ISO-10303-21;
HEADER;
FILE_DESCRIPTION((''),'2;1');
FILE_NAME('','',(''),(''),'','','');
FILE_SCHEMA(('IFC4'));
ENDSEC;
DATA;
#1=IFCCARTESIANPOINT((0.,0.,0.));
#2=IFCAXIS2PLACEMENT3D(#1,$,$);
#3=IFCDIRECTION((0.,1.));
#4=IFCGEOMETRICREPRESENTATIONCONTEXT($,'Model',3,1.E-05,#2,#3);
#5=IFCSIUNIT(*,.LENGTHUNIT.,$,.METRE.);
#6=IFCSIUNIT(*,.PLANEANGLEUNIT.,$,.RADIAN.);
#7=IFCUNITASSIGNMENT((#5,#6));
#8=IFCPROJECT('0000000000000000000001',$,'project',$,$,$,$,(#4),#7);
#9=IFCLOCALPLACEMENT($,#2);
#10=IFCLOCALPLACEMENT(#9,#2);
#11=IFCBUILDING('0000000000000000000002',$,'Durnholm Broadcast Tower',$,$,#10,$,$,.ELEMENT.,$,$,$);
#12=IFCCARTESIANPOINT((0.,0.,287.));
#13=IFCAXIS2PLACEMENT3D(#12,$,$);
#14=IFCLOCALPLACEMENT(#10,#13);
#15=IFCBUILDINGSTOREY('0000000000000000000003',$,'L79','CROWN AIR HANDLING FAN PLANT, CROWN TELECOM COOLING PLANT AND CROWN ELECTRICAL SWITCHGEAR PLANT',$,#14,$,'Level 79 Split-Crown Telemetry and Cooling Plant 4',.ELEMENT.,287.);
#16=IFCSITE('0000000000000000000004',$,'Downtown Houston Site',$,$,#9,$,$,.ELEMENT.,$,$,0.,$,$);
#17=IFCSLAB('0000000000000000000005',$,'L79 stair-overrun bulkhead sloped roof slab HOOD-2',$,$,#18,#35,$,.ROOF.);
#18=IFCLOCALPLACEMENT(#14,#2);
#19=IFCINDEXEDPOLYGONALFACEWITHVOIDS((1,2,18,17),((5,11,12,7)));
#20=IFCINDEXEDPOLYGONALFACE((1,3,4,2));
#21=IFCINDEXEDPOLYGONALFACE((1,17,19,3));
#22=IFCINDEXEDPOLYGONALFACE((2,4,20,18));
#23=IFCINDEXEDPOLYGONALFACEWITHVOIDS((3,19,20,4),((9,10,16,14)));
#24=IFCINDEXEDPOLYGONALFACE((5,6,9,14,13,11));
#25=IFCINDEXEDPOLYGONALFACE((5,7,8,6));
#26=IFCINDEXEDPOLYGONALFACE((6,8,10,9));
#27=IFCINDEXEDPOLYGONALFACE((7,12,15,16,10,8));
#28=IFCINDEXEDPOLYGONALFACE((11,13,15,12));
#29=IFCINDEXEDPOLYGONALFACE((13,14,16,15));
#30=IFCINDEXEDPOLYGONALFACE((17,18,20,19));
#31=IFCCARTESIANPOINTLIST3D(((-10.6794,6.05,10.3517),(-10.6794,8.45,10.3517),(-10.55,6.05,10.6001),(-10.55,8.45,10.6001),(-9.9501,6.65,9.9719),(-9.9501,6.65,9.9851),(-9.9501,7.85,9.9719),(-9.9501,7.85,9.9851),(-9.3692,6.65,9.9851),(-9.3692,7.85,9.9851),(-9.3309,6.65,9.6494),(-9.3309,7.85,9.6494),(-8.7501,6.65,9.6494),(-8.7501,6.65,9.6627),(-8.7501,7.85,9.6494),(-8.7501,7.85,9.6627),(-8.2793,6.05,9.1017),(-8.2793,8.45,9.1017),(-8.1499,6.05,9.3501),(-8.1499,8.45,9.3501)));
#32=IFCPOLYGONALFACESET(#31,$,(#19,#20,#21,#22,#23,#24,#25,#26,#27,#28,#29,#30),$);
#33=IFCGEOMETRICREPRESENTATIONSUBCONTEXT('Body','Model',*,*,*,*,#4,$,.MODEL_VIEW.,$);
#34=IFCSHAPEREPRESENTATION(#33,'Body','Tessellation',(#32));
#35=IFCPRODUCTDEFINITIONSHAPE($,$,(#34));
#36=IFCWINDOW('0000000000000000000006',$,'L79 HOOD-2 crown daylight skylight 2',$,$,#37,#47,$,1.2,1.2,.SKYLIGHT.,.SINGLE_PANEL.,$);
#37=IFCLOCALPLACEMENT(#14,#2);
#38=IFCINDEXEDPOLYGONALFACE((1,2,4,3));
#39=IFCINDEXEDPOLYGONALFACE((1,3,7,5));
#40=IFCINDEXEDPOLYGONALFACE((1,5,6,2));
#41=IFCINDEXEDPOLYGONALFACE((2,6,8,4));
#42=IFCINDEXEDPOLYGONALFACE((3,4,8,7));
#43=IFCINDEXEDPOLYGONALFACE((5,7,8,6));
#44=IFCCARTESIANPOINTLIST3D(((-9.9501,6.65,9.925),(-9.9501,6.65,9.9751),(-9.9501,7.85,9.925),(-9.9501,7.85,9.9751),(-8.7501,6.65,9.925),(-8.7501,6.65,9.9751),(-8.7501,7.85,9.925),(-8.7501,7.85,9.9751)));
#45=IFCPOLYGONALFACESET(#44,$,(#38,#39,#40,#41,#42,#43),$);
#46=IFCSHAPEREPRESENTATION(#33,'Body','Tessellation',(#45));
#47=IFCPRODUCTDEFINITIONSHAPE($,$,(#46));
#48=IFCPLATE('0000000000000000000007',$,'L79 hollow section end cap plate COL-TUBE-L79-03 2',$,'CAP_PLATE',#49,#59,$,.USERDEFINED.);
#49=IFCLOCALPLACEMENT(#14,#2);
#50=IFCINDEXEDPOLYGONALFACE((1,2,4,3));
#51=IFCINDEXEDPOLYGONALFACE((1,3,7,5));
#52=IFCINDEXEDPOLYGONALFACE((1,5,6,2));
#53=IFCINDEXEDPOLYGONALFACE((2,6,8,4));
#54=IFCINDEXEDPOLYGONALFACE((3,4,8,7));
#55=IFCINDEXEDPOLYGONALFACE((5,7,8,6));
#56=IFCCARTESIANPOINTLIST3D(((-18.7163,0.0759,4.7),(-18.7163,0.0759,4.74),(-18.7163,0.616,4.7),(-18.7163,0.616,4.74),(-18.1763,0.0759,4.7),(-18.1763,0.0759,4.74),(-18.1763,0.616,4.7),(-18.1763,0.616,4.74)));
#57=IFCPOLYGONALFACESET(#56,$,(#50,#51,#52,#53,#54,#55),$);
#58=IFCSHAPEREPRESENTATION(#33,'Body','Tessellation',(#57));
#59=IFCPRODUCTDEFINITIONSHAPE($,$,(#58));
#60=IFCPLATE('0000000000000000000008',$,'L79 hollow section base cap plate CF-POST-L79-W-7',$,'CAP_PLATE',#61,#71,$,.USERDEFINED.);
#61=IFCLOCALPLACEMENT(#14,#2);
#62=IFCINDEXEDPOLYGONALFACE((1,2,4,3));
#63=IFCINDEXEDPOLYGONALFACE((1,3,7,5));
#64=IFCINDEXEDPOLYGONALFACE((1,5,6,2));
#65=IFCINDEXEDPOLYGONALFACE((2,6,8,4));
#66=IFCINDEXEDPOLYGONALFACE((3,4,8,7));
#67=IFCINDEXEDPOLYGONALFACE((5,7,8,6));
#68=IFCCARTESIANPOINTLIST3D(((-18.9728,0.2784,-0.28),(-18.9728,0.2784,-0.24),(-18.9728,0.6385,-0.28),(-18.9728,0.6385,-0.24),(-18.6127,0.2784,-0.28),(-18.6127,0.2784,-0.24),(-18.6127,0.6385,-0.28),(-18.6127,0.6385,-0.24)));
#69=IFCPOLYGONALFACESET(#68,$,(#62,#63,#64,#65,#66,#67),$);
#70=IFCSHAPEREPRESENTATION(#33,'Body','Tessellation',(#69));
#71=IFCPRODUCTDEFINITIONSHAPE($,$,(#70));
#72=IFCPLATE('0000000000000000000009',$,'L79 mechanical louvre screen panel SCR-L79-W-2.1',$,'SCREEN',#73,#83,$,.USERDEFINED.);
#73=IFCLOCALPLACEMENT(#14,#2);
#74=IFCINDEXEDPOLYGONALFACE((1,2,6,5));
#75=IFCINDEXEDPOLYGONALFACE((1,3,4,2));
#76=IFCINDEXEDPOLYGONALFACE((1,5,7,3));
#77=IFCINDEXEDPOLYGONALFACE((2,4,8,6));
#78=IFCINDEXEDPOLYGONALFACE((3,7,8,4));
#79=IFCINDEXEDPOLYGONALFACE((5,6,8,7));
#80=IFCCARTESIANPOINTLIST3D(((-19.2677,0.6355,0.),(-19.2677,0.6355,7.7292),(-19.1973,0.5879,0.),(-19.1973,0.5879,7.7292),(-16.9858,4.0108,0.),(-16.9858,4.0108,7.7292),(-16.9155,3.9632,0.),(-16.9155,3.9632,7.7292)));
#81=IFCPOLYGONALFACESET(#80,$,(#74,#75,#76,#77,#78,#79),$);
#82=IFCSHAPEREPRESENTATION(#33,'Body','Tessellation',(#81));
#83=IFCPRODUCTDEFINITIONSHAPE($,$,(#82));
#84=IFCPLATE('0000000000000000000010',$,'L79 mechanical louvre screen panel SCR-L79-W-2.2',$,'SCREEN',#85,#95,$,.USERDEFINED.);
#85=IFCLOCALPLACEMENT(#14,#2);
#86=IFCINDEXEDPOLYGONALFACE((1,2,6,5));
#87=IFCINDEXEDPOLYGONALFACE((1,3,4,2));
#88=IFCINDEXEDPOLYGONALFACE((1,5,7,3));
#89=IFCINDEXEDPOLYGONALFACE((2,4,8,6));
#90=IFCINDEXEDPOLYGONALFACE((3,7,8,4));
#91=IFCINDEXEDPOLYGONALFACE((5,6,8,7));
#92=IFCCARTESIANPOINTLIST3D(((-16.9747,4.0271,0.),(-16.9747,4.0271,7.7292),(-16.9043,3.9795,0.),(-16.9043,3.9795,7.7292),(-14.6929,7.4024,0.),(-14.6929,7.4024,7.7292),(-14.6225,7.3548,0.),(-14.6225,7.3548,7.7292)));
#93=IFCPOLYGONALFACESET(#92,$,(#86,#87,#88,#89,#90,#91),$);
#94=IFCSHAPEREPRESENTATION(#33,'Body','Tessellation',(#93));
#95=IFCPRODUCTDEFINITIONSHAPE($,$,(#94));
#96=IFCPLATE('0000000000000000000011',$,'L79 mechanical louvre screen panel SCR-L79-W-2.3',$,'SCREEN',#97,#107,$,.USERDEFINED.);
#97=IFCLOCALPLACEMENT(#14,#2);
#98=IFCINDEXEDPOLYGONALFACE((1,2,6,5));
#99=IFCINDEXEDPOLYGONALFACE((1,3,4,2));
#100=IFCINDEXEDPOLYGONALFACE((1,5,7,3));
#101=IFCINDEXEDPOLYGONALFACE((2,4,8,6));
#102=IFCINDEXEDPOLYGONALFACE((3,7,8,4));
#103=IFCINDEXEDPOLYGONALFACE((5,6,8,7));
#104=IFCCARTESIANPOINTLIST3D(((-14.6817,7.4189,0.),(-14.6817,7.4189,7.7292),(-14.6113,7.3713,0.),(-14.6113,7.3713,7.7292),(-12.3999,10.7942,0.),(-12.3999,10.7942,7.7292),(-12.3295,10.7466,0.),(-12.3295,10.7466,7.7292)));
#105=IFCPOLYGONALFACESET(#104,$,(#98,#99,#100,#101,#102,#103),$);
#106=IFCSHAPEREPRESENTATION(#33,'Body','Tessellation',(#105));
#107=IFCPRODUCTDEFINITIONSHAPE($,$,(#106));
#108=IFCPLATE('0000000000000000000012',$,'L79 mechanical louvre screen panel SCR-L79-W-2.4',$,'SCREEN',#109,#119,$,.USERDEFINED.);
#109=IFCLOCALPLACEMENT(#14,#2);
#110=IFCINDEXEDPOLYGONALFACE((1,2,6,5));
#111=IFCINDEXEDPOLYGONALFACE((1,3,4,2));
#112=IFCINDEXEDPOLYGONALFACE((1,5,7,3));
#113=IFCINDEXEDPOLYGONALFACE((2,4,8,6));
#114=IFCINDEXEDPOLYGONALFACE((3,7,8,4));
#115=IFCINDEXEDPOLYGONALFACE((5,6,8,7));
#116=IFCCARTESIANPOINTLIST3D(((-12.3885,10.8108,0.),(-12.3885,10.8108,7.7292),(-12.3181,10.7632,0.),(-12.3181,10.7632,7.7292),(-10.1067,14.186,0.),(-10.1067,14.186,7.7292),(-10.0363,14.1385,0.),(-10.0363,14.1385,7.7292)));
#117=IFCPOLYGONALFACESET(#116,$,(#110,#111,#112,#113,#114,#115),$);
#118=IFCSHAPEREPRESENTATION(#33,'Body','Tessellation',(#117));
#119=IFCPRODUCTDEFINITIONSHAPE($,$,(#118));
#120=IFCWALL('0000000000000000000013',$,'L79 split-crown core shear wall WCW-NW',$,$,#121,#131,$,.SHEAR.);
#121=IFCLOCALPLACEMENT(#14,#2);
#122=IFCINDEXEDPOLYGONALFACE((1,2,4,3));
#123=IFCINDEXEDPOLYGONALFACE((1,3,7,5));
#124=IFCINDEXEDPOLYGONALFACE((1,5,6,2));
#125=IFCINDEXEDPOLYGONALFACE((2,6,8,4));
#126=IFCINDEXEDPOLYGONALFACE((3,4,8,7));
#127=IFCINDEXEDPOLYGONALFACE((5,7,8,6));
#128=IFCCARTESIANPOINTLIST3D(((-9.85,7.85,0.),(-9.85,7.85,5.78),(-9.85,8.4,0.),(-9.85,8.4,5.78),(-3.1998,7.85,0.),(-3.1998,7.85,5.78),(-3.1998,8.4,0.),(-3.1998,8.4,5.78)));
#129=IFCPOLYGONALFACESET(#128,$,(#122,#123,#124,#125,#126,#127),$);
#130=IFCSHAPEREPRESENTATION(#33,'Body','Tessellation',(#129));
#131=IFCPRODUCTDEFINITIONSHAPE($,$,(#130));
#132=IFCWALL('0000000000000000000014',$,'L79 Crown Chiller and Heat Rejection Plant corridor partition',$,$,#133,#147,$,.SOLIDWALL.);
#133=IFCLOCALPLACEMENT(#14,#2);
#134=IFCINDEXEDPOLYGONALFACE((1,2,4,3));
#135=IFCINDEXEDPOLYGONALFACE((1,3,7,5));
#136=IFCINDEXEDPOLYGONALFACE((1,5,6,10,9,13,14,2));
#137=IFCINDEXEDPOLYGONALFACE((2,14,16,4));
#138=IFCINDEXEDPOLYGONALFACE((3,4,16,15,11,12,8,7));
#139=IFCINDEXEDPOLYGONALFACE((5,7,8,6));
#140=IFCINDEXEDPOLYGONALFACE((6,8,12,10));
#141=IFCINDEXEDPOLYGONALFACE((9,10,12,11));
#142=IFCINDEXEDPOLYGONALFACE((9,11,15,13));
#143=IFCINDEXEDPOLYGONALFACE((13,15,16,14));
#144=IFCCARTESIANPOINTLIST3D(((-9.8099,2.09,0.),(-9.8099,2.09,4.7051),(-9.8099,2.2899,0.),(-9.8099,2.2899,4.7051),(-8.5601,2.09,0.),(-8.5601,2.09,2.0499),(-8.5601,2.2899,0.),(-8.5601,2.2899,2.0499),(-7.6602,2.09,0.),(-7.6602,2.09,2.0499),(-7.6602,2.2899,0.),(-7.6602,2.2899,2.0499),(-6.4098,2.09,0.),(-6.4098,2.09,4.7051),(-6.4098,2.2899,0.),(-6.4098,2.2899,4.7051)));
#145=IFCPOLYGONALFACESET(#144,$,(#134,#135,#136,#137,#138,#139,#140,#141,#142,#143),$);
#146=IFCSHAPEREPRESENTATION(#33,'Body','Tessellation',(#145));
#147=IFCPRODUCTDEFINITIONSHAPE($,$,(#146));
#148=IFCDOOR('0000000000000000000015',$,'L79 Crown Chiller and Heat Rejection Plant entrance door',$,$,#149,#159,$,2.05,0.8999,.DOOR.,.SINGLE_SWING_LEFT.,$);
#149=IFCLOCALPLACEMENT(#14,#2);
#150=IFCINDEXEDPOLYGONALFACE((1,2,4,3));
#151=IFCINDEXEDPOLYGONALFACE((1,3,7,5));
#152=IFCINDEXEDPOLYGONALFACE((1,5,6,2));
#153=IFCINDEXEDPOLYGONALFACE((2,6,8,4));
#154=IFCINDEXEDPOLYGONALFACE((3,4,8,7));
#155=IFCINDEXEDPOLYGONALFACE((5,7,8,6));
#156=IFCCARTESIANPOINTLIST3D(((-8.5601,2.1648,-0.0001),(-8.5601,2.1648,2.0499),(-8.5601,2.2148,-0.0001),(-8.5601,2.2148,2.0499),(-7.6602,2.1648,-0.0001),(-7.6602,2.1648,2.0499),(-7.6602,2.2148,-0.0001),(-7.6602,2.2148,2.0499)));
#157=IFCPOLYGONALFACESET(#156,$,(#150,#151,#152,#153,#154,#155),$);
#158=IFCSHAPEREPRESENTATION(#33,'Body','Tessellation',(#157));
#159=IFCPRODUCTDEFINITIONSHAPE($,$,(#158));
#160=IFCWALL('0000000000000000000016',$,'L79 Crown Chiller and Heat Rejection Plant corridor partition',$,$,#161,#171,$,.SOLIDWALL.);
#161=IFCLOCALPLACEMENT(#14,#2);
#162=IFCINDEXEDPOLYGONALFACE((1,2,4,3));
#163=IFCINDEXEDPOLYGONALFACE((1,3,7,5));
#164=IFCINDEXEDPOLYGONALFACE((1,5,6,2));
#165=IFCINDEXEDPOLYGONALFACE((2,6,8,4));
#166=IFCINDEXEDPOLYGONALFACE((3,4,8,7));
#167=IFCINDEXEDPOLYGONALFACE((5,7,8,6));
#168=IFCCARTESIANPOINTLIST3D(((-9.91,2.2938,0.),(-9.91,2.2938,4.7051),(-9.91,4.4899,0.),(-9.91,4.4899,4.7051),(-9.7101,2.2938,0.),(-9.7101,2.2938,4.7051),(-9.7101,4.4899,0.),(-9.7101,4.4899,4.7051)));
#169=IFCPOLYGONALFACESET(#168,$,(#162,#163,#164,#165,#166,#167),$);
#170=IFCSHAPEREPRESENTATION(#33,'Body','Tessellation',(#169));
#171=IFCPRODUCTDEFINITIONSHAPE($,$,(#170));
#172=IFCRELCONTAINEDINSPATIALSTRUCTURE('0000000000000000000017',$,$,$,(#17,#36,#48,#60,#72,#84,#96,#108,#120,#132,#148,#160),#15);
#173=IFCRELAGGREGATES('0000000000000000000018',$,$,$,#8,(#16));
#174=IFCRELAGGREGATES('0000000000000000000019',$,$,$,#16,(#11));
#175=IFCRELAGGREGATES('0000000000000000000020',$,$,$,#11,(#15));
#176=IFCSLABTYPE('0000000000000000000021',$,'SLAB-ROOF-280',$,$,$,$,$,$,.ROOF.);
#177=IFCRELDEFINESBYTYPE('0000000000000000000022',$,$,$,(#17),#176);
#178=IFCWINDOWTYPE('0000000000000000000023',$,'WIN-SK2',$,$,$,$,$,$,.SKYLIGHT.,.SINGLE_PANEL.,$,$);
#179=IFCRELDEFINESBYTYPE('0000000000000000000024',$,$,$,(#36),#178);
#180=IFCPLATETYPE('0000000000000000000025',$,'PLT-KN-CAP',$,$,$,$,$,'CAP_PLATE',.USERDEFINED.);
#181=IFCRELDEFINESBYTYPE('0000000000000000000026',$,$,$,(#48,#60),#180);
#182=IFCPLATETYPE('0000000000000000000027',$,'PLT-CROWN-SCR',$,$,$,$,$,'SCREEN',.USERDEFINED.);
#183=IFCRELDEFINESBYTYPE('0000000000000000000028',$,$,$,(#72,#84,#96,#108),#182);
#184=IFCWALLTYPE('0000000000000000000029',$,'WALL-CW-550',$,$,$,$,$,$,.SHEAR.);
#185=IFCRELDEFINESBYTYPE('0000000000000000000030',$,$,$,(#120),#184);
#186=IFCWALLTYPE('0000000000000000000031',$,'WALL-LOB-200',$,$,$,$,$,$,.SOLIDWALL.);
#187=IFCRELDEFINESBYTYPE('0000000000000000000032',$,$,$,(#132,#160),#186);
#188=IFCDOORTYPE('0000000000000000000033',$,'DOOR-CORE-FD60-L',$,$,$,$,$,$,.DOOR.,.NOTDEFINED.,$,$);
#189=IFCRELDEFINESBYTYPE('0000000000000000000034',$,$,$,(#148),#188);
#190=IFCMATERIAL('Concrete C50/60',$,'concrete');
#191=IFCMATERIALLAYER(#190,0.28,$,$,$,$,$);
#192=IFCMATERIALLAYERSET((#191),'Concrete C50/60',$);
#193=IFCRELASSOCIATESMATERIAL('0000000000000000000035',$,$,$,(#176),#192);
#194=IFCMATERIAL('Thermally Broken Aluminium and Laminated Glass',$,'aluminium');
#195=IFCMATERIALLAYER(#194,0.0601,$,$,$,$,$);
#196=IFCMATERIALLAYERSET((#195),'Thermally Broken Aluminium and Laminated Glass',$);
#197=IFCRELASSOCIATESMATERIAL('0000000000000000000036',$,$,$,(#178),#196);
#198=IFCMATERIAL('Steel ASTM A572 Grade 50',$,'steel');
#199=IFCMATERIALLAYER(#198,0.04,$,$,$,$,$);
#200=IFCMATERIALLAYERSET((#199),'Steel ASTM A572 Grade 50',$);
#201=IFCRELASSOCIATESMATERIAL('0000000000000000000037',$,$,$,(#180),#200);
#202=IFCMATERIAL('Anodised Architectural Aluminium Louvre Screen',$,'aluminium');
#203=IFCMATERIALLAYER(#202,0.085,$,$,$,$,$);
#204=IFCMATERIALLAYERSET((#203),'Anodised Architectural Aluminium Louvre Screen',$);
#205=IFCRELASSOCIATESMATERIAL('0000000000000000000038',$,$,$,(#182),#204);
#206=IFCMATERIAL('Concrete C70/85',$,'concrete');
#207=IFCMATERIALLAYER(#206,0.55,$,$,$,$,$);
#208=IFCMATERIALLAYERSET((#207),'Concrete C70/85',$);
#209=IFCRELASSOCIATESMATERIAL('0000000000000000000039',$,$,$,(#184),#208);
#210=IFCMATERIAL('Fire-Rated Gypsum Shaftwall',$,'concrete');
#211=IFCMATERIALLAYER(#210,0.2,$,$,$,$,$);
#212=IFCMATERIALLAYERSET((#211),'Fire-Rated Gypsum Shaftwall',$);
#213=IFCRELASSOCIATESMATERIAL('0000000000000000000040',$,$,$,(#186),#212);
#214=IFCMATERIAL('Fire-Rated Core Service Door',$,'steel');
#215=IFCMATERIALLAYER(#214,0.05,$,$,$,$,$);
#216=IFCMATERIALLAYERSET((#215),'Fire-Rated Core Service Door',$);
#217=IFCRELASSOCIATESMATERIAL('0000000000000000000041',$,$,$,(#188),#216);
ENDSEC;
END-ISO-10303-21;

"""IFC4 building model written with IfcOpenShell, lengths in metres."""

from ifc_helpers import new_model, si_unit, direction, frame, frame_2d, origin, origin_2d, place, context, subcontext, project, spatial, polyline, rectangle, outline, extrude, source, transform, mapped, material, layer, layer_set, type_object, type_shapes, element, fill, save


model = new_model("IFC4")

# Units and contexts
model_context = context("Model", 3, precision=1e-05, world=origin(), true_north=direction((0.0, 1.0)))
body_context = subcontext(model_context, "Body", "Model", "MODEL_VIEW")
ifc_project = project(units=[si_unit("LENGTHUNIT", "METRE"), si_unit("PLANEANGLEUNIT", "RADIAN")], contexts=[model_context])

# Site, building, storey
site_placement = place(None, origin())
site = spatial("IfcSite", under=ifc_project, at=site_placement, Name="Downtown Houston Site", CompositionType="ELEMENT", RefElevation=0.0)
building_placement = place(site_placement, origin())
building = spatial("IfcBuilding", under=site, at=building_placement, Name="Durnholm Broadcast Tower", CompositionType="ELEMENT")
storey_placement = place(building_placement, frame((0.0, 0.0, 287.0)))
storey = spatial("IfcBuildingStorey", under=building, at=storey_placement, Name="L79", Description="CROWN AIR HANDLING FAN PLANT, CROWN TELECOM COOLING PLANT AND CROWN ELECTRICAL SWITCHGEAR PLANT", LongName="Level 79 Split-Crown Telemetry and Cooling Plant 4", CompositionType="ELEMENT", Elevation=287.0)

# Shared definitions
ifc_material_1 = material(Name="Concrete C70/85", Category="concrete")

# Slab, opening, window
ifc_material_2 = material(Name="Concrete C50/60", Category="concrete")
ifc_layer_1 = layer(ifc_material_2, 0.28)
ifc_layer_set_1 = layer_set([ifc_layer_1], Name="Concrete C50/60")
slab_type = type_object("IfcSlabType", Name="SLAB-ROOF-280", PredefinedType="ROOF", material=ifc_layer_set_1)
slab_placement = place(storey_placement, frame((-10.55, 6.05, 10.6001), z_axis=(0.461912, 0.0, 0.886926), x_axis=(0.886926, 0.0, -0.461912)))
slab = element("IfcSlab", 1, at=slab_placement, inside=storey, type_object=slab_type, Name="L79 stair-overrun bulkhead sloped roof slab HOOD-2", PredefinedType="ROOF", context=body_context, shape_type="SweptSolid", body=[
    extrude(outline(polyline([(0.0, 0.0), (2.7061, 0.0), (2.7061, 2.3999), (0.0, 2.3999), (0.0, 0.0)])), origin(), (0.0, 0.0, -1.0), 0.28),
])
opening_1_placement = place(storey_placement, frame((-9.3501, 7.25, 9.6494)))
opening_1 = element("IfcOpeningElement", 2, at=opening_1_placement, cuts=slab, PredefinedType="OPENING", context=body_context, shape_type="SweptSolid", body=[
    extrude(rectangle(XDim=1.2, YDim=1.2, at=origin_2d()), origin(), (0.0, 0.0, 1.0), 0.3357),
])
ifc_material_3 = material(Name="Thermally Broken Aluminium and Laminated Glass", Category="aluminium")
ifc_layer_2 = layer(ifc_material_3, 0.0601)
ifc_layer_set_2 = layer_set([ifc_layer_2], Name="Thermally Broken Aluminium and Laminated Glass")
window_type = type_object("IfcWindowType", Name="WIN-SK2", PartitioningType="SINGLE_PANEL", PredefinedType="SKYLIGHT", material=ifc_layer_set_2)
window_placement = place(opening_1_placement, frame((0.0, 0.0, 0.2756)))
window = element("IfcWindow", 3, at=window_placement, inside=storey, type_object=window_type, Name="L79 HOOD-2 crown daylight skylight 2", OverallHeight=1.2, OverallWidth=1.2, PartitioningType="SINGLE_PANEL", PredefinedType="SKYLIGHT", context=body_context, shape_type="SweptSolid", body=[
    extrude(rectangle(XDim=1.2, YDim=1.2, at=origin_2d()), origin(), (0.0, 0.0, 1.0), 0.05),
])
fill(opening_1, window)

# Plates
ifc_material_4 = material(Name="Steel ASTM A572 Grade 50", Category="steel")
ifc_layer_3 = layer(ifc_material_4, 0.04)
ifc_layer_set_3 = layer_set([ifc_layer_3], Name="Steel ASTM A572 Grade 50")
plate_type_1 = type_object("IfcPlateType", Name="PLT-KN-CAP", ElementType="CAP_PLATE", PredefinedType="USERDEFINED", material=ifc_layer_set_3)
shared_shape_1 = source(origin(), body_context, "Body", "SweptSolid", [
    extrude(rectangle(XDim=0.54, YDim=0.54, at=origin_2d()), origin(), (0.0, 0.0, 1.0), 0.04),
])
plate_1_placement = place(storey_placement, frame((-18.4463, 0.3459, 4.7), z_axis=(0.0, 0.0, 1.0), x_axis=(1.0, 0.0, 0.0)))
element("IfcPlate", 4, at=plate_1_placement, inside=storey, type_object=plate_type_1, Name="L79 hollow section end cap plate COL-TUBE-L79-03 2", ObjectType="CAP_PLATE", PredefinedType="USERDEFINED", context=body_context, shape_type="MappedRepresentation", body=[
    mapped(shared_shape_1, transform((0.0, 0.0, 0.0), x_axis=(1.0, 0.0, 0.0), y_axis=(0.0, 1.0, 0.0), z_axis=(0.0, 0.0, 1.0), scale=1.0)),
])
shared_shape_2 = source(origin(), body_context, "Body", "SweptSolid", [
    extrude(rectangle(XDim=0.3601, YDim=0.3601, at=origin_2d()), origin(), (0.0, 0.0, 1.0), 0.04),
])
type_shapes(plate_type_1, [shared_shape_1, shared_shape_2])
plate_2_placement = place(storey_placement, frame((-18.7927, 0.4585, -0.28), z_axis=(0.0, 0.0, 1.0), x_axis=(1.0, 0.0, 0.0)))
element("IfcPlate", 5, at=plate_2_placement, inside=storey, type_object=plate_type_1, Name="L79 hollow section base cap plate CF-POST-L79-W-7", ObjectType="CAP_PLATE", PredefinedType="USERDEFINED", context=body_context, shape_type="MappedRepresentation", body=[
    mapped(shared_shape_2, transform((0.0, 0.0, 0.0), x_axis=(1.0, 0.0, 0.0), y_axis=(0.0, 1.0, 0.0), z_axis=(0.0, 0.0, 1.0), scale=1.0)),
])
ifc_material_5 = material(Name="Anodised Architectural Aluminium Louvre Screen", Category="aluminium")
ifc_layer_4 = layer(ifc_material_5, 0.085)
ifc_layer_set_4 = layer_set([ifc_layer_4], Name="Anodised Architectural Aluminium Louvre Screen")
plate_type_2 = type_object("IfcPlateType", Name="PLT-CROWN-SCR", ElementType="SCREEN", PredefinedType="USERDEFINED", material=ifc_layer_set_4)
shared_shape_3 = source(origin(), body_context, "Body", "SweptSolid", [
    extrude(rectangle(XDim=4.0742, YDim=0.085, at=origin_2d()), origin(), (0.0, 0.0, 1.0), 7.7292),
])
type_shapes(plate_type_2, [shared_shape_3])
for number, where, z_axis, x_axis, name in (
    (6, (-18.0916, 2.2993, 0.0), (0.0, 0.0, 1.0), (0.560061, 0.828452, 0.0), "L79 mechanical louvre screen panel SCR-L79-W-2.1"),
    (7, (-15.7986, 5.6909, 0.0), (0.0, 0.0, 1.0), (0.560061, 0.828452, 0.0), "L79 mechanical louvre screen panel SCR-L79-W-2.2"),
    (8, (-13.5056, 9.0828, 0.0), (0.0, 0.0, 1.0), (0.560061, 0.828452, 0.0), "L79 mechanical louvre screen panel SCR-L79-W-2.3"),
    (9, (-11.2124, 12.4746, 0.0), (0.0, 0.0, 1.0), (0.560061, 0.828452, 0.0), "L79 mechanical louvre screen panel SCR-L79-W-2.4"),
):
    element("IfcPlate", number, at=place(storey_placement, frame(where, z_axis=z_axis, x_axis=x_axis)), inside=storey, type_object=plate_type_2, Name=name, ObjectType="SCREEN", PredefinedType="USERDEFINED", context=body_context, shape_type="MappedRepresentation", body=[
        mapped(shared_shape_3, transform((0.0, 0.0, 0.0), x_axis=(1.0, 0.0, 0.0), y_axis=(0.0, 1.0, 0.0), z_axis=(0.0, 0.0, 1.0), scale=1.0)),
    ])

# Wall
ifc_layer_5 = layer(ifc_material_1, 0.55)
ifc_layer_set_5 = layer_set([ifc_layer_5], Name="Concrete C70/85")
wall_type_1 = type_object("IfcWallType", Name="WALL-CW-550", PredefinedType="SHEAR", material=ifc_layer_set_5)
wall_1_placement = place(storey_placement, frame((-9.8501, 8.125, 0.0), z_axis=(0.0, 0.0, 1.0), x_axis=(1.0, 0.0, 0.0)))
element("IfcWall", 10, at=wall_1_placement, inside=storey, type_object=wall_type_1, Name="L79 split-crown core shear wall WCW-NW", PredefinedType="SHEAR", context=body_context, shape_type="SweptSolid", body=[
    extrude(rectangle(XDim=6.6501, YDim=0.55, at=frame_2d((3.3252, 0.0))), origin(), (0.0, 0.0, 1.0), 5.78),
])

# Wall, opening, door
ifc_material_6 = material(Name="Fire-Rated Gypsum Shaftwall", Category="concrete")
ifc_layer_6 = layer(ifc_material_6, 0.2)
ifc_layer_set_6 = layer_set([ifc_layer_6], Name="Fire-Rated Gypsum Shaftwall")
wall_type_2 = type_object("IfcWallType", Name="WALL-LOB-200", PredefinedType="SOLIDWALL", material=ifc_layer_set_6)
wall_2_placement = place(storey_placement, frame((-9.8101, 2.1899, 0.0), z_axis=(0.0, 0.0, 1.0), x_axis=(1.0, 0.0, 0.0)))
wall_2 = element("IfcWall", 11, at=wall_2_placement, inside=storey, type_object=wall_type_2, Name="L79 Crown Chiller and Heat Rejection Plant corridor partition", PredefinedType="SOLIDWALL", context=body_context, shape_type="SweptSolid", body=[
    extrude(rectangle(XDim=3.4001, YDim=0.2, at=frame_2d((1.7002, 0.0))), origin(), (0.0, 0.0, 1.0), 4.7051),
])
opening_2_placement = place(wall_2_placement, frame((1.25, 0.0, 0.0)))
opening_2 = element("IfcOpeningElement", 12, at=opening_2_placement, cuts=wall_2, PredefinedType="OPENING", context=body_context, shape_type="SweptSolid", body=[
    extrude(rectangle(XDim=0.8999, YDim=2.05, at=frame_2d((0.45, 1.0249))), frame((0.0, 0.1099, 0.0), z_axis=(0.0, -1.0, 0.0), x_axis=(1.0, 0.0, 0.0)), (0.0, 0.0, 1.0), 0.22),
])
ifc_material_7 = material(Name="Fire-Rated Core Service Door", Category="steel")
ifc_layer_7 = layer(ifc_material_7, 0.05)
ifc_layer_set_7 = layer_set([ifc_layer_7], Name="Fire-Rated Core Service Door")
door_type_1 = type_object("IfcDoorType", Name="DOOR-CORE-FD60-L", OperationType="NOTDEFINED", PredefinedType="DOOR", material=ifc_layer_set_7)
shared_shape_4 = source(origin(), body_context, "Body", "SweptSolid", [
    extrude(rectangle(XDim=0.8999, YDim=2.05, at=frame_2d((0.45, 1.0249))), frame((0.0, 0.0249, 0.0), z_axis=(0.0, -1.0, 0.0), x_axis=(1.0, 0.0, 0.0)), (0.0, 0.0, 1.0), 0.05),
])
type_shapes(door_type_1, [shared_shape_4])
door_1_placement = place(opening_2_placement, origin())
door_1 = element("IfcDoor", 13, at=door_1_placement, inside=storey, type_object=door_type_1, Name="L79 Crown Chiller and Heat Rejection Plant entrance door", OperationType="SINGLE_SWING_LEFT", OverallHeight=2.05, OverallWidth=0.8999, PredefinedType="DOOR", context=body_context, shape_type="MappedRepresentation", body=[
    mapped(shared_shape_4, transform((0.0, 0.0, 0.0), x_axis=(1.0, 0.0, 0.0), y_axis=(0.0, 1.0, 0.0), z_axis=(0.0, 0.0, 1.0), scale=1.0)),
])
fill(opening_2, door_1)

# Wall
wall_3_placement = place(storey_placement, frame((-9.8101, 4.49, 0.0), z_axis=(0.0, 0.0, 1.0), x_axis=(0.0, -1.0, 0.0)))
element("IfcWall", 14, at=wall_3_placement, inside=storey, type_object=wall_type_2, Name="L79 Crown Chiller and Heat Rejection Plant corridor partition", PredefinedType="SOLIDWALL", context=body_context, shape_type="SweptSolid", body=[
    extrude(rectangle(XDim=2.196, YDim=0.2, at=frame_2d((1.0981, 0.0))), origin(), (0.0, 0.0, 1.0), 4.7051),
])

save(model, "model.ifc")
